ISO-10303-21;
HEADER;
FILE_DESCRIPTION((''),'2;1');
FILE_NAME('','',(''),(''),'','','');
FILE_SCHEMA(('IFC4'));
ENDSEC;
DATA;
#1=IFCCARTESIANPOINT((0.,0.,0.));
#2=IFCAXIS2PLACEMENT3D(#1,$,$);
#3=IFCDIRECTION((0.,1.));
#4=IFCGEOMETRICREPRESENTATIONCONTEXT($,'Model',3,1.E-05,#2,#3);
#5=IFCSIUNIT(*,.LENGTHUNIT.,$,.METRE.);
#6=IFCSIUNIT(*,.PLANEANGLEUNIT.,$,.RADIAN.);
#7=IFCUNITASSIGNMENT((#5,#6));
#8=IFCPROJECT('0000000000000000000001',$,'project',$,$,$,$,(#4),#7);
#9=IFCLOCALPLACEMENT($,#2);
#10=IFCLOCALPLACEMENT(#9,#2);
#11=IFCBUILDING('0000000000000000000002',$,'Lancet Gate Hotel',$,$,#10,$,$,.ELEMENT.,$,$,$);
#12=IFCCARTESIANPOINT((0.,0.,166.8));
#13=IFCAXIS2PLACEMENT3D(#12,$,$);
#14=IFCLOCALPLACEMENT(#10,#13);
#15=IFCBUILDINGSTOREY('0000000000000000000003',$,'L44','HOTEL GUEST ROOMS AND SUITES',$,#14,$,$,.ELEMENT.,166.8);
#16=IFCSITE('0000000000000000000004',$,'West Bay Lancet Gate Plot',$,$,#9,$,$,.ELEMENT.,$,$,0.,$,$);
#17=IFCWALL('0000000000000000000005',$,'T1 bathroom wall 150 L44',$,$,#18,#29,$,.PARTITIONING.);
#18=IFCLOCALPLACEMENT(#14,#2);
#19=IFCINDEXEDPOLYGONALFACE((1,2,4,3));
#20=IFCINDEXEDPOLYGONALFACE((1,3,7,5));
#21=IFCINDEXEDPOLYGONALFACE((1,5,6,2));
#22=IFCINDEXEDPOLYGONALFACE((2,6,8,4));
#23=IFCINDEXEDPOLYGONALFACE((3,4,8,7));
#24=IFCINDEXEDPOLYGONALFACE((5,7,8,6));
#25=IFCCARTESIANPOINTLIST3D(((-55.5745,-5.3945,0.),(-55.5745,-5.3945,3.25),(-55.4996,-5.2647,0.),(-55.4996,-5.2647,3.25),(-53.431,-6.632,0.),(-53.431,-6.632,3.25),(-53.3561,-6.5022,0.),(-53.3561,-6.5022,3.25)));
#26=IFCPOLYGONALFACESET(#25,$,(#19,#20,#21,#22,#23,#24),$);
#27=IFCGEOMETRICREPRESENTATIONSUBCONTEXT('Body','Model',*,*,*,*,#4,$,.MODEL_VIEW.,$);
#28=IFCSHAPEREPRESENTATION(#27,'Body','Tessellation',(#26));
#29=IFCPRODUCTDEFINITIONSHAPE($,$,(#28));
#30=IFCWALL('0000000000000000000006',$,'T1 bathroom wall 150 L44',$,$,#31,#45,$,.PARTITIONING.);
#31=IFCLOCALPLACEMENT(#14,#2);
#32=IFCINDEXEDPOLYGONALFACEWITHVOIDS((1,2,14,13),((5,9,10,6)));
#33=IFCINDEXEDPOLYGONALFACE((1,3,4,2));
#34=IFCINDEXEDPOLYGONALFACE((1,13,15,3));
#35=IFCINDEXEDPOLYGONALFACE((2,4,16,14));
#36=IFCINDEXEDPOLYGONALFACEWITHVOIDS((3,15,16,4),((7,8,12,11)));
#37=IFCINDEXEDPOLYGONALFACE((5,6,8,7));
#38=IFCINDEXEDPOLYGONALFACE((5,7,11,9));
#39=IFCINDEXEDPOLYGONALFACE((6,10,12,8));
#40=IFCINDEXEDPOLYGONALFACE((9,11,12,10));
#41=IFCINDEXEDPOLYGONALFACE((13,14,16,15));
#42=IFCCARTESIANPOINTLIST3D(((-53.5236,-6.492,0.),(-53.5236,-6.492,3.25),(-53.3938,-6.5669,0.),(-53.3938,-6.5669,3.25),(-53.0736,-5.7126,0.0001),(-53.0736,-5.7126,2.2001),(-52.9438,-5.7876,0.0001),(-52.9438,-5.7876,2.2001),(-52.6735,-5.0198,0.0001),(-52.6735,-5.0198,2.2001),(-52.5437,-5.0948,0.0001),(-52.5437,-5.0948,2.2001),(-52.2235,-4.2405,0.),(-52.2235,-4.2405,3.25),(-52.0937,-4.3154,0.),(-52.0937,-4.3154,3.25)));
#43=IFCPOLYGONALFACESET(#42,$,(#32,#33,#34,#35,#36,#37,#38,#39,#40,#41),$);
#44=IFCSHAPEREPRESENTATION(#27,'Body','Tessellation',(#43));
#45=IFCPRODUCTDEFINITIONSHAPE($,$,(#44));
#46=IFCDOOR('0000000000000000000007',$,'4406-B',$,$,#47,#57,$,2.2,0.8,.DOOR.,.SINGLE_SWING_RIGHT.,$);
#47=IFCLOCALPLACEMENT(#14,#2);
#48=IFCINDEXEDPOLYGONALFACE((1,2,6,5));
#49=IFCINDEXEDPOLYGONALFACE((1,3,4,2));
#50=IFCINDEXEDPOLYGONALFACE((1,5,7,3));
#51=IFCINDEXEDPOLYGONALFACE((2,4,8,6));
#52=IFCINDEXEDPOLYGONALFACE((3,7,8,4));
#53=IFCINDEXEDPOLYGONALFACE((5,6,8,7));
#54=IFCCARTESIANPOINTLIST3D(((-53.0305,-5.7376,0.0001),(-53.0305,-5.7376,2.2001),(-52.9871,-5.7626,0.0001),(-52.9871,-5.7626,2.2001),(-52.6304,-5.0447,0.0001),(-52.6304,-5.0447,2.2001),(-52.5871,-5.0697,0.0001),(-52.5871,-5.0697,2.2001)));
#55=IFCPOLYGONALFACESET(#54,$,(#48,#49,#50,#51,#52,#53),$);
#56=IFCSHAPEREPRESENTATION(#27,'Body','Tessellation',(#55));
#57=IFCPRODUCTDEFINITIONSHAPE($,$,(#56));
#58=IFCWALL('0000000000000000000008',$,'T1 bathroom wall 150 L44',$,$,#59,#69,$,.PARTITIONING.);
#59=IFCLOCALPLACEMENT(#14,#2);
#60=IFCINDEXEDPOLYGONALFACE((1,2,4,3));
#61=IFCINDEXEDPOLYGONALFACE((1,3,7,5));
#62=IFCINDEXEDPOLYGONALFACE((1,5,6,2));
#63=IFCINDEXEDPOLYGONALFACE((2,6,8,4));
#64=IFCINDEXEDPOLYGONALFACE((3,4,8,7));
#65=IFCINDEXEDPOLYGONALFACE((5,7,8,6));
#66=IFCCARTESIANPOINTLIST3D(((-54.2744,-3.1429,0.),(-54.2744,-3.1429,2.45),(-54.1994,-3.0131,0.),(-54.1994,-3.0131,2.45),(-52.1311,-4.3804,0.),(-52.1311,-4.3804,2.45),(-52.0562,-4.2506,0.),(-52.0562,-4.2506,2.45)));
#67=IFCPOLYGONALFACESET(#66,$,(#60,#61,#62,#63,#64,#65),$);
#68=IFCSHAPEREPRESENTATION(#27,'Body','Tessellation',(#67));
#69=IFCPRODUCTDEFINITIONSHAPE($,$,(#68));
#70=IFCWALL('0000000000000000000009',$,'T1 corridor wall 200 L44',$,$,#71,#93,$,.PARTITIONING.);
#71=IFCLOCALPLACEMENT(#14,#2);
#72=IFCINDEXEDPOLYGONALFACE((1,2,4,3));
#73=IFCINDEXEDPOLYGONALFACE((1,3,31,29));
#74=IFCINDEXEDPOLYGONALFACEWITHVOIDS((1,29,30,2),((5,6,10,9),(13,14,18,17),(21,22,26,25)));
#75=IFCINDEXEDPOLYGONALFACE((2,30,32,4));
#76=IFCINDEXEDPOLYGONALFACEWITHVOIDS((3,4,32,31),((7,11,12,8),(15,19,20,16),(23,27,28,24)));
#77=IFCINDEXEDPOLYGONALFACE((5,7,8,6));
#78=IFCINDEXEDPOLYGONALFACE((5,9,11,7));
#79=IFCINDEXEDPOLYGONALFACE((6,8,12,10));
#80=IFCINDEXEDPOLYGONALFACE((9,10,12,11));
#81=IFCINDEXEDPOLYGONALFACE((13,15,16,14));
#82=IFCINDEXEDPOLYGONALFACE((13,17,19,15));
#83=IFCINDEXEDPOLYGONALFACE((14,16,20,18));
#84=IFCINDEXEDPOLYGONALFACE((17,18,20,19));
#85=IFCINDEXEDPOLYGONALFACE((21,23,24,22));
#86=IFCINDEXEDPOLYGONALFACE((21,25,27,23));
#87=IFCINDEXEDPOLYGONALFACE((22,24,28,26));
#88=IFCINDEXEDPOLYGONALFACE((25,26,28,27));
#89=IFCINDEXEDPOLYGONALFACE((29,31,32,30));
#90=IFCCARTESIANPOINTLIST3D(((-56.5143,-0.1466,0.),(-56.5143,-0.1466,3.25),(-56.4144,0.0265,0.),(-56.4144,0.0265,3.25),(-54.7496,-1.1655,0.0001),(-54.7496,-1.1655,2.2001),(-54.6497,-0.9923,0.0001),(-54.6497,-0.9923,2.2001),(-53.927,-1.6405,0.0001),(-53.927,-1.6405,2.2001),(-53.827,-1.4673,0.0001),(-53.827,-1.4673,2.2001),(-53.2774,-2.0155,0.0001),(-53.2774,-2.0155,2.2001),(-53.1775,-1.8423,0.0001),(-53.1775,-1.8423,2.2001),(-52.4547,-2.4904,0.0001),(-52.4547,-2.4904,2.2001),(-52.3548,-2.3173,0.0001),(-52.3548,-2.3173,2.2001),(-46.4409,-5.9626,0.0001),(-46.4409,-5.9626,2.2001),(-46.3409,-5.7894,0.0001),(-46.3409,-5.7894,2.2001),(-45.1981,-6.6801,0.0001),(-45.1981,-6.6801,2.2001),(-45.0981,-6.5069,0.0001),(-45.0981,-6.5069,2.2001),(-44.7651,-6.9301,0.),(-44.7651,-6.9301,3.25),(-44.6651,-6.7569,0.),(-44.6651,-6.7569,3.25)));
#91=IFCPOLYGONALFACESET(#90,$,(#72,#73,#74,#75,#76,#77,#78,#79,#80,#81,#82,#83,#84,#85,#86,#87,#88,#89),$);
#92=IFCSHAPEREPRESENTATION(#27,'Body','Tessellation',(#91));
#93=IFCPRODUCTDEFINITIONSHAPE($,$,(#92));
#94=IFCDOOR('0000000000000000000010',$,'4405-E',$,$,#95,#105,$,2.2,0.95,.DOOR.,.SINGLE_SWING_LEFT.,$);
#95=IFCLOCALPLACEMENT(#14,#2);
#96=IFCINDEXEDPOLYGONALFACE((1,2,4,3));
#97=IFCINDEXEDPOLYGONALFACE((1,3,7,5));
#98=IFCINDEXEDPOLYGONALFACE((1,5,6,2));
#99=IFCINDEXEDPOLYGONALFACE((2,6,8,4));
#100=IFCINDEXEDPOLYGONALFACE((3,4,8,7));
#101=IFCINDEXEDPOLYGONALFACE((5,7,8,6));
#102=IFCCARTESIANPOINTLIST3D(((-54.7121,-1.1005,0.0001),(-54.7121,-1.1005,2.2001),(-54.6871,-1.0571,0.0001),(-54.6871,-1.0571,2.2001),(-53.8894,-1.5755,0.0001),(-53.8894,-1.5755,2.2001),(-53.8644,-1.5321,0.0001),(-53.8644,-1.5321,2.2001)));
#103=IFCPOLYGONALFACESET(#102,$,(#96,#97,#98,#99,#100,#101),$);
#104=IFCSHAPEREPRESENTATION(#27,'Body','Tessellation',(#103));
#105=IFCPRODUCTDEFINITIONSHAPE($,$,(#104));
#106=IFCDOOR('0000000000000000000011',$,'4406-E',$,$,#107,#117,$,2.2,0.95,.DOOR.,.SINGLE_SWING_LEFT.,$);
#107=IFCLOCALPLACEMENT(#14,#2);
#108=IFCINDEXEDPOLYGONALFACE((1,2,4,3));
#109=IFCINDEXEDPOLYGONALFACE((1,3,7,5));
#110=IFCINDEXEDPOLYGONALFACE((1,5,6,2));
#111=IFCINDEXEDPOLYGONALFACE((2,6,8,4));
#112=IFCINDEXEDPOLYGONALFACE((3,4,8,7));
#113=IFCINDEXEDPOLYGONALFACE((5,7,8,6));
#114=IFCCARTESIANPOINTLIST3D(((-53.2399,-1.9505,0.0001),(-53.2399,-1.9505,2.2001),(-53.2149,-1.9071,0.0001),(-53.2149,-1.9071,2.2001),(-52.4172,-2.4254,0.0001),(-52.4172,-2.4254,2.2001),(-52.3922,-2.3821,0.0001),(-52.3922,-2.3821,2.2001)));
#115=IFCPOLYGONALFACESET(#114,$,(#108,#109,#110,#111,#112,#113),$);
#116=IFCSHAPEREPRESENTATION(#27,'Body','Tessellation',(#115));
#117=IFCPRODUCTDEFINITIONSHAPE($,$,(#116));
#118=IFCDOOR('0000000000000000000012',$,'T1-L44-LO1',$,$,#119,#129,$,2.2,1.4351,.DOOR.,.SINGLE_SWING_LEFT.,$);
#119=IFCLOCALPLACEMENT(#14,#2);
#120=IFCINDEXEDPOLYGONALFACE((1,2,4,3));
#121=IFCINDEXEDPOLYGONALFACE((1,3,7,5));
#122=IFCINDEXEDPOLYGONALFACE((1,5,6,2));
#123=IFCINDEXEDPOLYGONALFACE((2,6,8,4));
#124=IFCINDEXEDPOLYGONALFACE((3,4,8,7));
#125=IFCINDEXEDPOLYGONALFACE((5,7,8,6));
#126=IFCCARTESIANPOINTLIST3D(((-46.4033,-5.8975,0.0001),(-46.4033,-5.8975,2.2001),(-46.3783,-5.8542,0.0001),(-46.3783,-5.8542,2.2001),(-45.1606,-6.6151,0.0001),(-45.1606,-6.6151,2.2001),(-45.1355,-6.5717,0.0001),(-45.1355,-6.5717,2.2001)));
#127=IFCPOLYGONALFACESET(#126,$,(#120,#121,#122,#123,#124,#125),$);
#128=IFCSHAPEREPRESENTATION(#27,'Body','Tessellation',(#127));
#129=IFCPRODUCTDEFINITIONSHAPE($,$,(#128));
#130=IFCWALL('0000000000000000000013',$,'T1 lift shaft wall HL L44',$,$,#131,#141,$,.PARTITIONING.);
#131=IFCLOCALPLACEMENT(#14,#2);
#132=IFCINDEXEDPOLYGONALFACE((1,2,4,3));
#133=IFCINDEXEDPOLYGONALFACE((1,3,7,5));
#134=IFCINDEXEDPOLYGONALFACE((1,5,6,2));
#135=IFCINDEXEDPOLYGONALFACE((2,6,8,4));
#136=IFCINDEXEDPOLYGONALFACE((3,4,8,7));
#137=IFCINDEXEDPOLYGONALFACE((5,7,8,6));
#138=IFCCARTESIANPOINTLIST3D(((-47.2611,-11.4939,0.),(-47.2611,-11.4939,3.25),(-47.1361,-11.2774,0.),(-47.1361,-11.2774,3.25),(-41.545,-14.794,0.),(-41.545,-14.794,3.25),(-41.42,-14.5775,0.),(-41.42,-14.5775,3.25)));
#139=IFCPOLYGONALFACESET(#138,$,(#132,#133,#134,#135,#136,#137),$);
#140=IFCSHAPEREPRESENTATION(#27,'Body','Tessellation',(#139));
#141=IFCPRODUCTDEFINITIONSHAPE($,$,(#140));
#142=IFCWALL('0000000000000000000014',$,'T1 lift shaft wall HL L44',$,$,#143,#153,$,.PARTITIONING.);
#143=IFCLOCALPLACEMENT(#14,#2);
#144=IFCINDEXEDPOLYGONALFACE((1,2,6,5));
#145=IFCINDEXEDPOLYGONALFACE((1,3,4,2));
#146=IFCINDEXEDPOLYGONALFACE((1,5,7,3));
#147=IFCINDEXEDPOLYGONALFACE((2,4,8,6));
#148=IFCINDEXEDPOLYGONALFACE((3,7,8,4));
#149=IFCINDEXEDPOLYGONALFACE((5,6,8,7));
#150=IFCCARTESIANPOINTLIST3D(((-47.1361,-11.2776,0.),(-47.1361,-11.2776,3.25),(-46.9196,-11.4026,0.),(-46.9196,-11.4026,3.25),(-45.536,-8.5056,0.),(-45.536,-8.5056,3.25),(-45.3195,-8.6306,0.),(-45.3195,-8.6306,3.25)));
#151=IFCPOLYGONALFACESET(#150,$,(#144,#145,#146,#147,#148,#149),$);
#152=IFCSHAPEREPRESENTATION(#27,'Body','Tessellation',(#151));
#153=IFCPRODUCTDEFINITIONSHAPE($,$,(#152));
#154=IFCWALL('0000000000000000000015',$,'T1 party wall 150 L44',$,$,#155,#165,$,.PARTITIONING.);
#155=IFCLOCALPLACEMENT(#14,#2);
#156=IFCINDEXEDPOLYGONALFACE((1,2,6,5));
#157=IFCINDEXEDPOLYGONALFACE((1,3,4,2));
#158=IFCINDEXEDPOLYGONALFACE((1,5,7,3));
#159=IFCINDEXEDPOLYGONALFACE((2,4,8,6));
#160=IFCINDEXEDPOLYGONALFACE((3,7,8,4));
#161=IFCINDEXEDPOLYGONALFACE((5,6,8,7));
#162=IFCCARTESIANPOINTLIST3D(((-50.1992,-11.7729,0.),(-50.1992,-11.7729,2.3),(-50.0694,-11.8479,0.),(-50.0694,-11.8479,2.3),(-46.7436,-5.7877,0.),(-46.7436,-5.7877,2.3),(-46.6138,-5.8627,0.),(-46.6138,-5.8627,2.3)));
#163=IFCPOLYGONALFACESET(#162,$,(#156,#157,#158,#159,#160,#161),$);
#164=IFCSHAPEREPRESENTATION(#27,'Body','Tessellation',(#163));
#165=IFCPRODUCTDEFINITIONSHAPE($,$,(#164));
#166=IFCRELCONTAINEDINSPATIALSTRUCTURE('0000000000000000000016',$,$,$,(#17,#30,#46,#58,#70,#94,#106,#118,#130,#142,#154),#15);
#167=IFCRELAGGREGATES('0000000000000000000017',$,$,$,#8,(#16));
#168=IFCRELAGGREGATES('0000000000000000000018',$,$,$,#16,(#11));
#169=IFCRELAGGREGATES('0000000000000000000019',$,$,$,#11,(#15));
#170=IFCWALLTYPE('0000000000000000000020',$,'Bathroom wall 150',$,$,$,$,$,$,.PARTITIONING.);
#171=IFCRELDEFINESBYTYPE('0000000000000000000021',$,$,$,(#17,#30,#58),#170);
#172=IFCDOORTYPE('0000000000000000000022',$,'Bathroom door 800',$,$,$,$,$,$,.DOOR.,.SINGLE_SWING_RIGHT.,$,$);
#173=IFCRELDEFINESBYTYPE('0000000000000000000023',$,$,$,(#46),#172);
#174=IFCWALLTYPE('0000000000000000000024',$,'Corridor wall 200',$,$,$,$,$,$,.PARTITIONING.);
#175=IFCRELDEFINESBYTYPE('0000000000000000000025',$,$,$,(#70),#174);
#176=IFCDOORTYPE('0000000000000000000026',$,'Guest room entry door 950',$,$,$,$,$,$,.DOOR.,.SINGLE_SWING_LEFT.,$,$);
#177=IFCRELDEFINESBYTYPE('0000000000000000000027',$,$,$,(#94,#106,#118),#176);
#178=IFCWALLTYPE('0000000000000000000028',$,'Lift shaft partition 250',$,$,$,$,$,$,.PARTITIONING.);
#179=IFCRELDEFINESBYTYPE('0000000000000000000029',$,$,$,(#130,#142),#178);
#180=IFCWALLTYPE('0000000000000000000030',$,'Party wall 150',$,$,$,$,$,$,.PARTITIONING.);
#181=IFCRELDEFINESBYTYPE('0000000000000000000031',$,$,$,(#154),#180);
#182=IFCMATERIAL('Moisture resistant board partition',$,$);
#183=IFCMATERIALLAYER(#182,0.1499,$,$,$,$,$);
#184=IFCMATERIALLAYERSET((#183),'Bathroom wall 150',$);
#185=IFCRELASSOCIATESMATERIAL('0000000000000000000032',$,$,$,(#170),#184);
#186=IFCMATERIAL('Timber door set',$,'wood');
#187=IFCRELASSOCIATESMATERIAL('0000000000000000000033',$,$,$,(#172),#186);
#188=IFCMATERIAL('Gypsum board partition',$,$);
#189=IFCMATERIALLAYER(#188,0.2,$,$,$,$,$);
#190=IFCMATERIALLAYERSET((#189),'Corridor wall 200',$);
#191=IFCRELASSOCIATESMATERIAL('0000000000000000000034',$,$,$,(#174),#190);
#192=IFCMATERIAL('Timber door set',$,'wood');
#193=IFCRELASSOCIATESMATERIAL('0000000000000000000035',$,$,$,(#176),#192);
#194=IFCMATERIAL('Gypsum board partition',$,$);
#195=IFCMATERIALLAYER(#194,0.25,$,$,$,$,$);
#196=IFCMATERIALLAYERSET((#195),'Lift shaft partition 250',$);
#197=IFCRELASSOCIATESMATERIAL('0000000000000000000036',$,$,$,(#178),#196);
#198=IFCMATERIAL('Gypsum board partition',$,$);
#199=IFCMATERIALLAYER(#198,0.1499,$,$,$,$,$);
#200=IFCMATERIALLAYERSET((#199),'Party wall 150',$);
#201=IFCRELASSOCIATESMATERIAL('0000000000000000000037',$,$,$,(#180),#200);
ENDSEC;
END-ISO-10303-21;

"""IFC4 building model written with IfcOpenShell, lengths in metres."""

from ifc_helpers import new_model, si_unit, direction, frame, frame_2d, origin, place, context, subcontext, project, spatial, rectangle, extrude, material, layer, layer_set, type_object, element, fill, save


model = new_model("IFC4")

# Units and contexts
model_context = context("Model", 3, precision=1e-05, world=origin(), true_north=direction((0.0, 1.0)))
body_context = subcontext(model_context, "Body", "Model", "MODEL_VIEW")
ifc_project = project(units=[si_unit("LENGTHUNIT", "METRE"), si_unit("PLANEANGLEUNIT", "RADIAN")], contexts=[model_context])

# Site, building, storey
site_placement = place(None, origin())
site = spatial("IfcSite", under=ifc_project, at=site_placement, Name="West Bay Lancet Gate Plot", CompositionType="ELEMENT", RefElevation=0.0)
building_placement = place(site_placement, origin())
building = spatial("IfcBuilding", under=site, at=building_placement, Name="Lancet Gate Hotel", CompositionType="ELEMENT")
storey_placement = place(building_placement, frame((0.0, 0.0, 166.8)))
storey = spatial("IfcBuildingStorey", under=building, at=storey_placement, Name="L44", Description="HOTEL GUEST ROOMS AND SUITES", CompositionType="ELEMENT", Elevation=166.8)

# Wall
ifc_material_1 = material(Name="Moisture resistant board partition")
ifc_layer_1 = layer(ifc_material_1, 0.1499)
ifc_layer_set_1 = layer_set([ifc_layer_1], Name="Bathroom wall 150")
wall_type_1 = type_object("IfcWallType", Name="Bathroom wall 150", PredefinedType="PARTITIONING", material=ifc_layer_set_1)
wall_1_placement = place(storey_placement, frame((-53.3936, -6.5671, 0.0), z_axis=(0.0, 0.0, 1.0), x_axis=(-0.866031, 0.49999, 0.0)))
element("IfcWall", 1, at=wall_1_placement, inside=storey, type_object=wall_type_1, Name="T1 bathroom wall 150 L44", PredefinedType="PARTITIONING", context=body_context, shape_type="SweptSolid", body=[
    extrude(rectangle(XDim=2.4751, YDim=0.1499, at=frame_2d((1.2375, 0.0))), origin(), (0.0, 0.0, 1.0), 3.25),
])

# Wall, opening, door
wall_2_placement = place(storey_placement, frame((-52.1587, -4.2781, 0.0), z_axis=(0.0, 0.0, 1.0), x_axis=(-0.500048, -0.865998, 0.0)))
wall_2 = element("IfcWall", 2, at=wall_2_placement, inside=storey, type_object=wall_type_1, Name="T1 bathroom wall 150 L44", PredefinedType="PARTITIONING", context=body_context, shape_type="SweptSolid", body=[
    extrude(rectangle(XDim=2.5999, YDim=0.1499, at=frame_2d((1.2998, 0.0))), origin(), (0.0, 0.0, 1.0), 3.25),
])
opening_1_placement = place(wall_2_placement, frame((0.8999, 0.0, 0.0)))
opening_1 = element("IfcOpeningElement", 3, at=opening_1_placement, cuts=wall_2, PredefinedType="OPENING", context=body_context, shape_type="SweptSolid", body=[
    extrude(rectangle(XDim=0.8, YDim=2.2, at=frame_2d((0.3999, 1.1001))), frame((0.0, 0.085, 0.0), z_axis=(0.0, -1.0, 0.0), x_axis=(1.0, 0.0, 0.0)), (0.0, 0.0, 1.0), 0.1699),
])
ifc_material_2 = material(Name="Timber door set", Category="wood")
door_type_1 = type_object("IfcDoorType", Name="Bathroom door 800", OperationType="SINGLE_SWING_RIGHT", PredefinedType="DOOR", material=ifc_material_2)
door_1_placement = place(opening_1_placement, origin())
door_1 = element("IfcDoor", 4, at=door_1_placement, inside=storey, type_object=door_type_1, Name="4406-B", OperationType="SINGLE_SWING_RIGHT", OverallHeight=2.2, OverallWidth=0.8, PredefinedType="DOOR", context=body_context, shape_type="SweptSolid", body=[
    extrude(rectangle(XDim=0.8, YDim=2.2, at=frame_2d((0.3999, 1.1001))), frame((0.0, 0.0249, 0.0), z_axis=(0.0, -1.0, 0.0), x_axis=(1.0, 0.0, 0.0)), (0.0, 0.0, 1.0), 0.05),
])
fill(opening_1, door_1)

# Wall
wall_3_placement = place(storey_placement, frame((-52.0938, -4.3154, 0.0), z_axis=(0.0, 0.0, 1.0), x_axis=(-0.866007, 0.500033, 0.0)))
element("IfcWall", 5, at=wall_3_placement, inside=storey, type_object=wall_type_1, Name="T1 bathroom wall 150 L44", PredefinedType="PARTITIONING", context=body_context, shape_type="SweptSolid", body=[
    extrude(rectangle(XDim=2.4749, YDim=0.1499, at=frame_2d((1.2373, 0.0))), origin(), (0.0, 0.0, 1.0), 2.45),
])

# Wall, openings, doors
ifc_material_3 = material(Name="Gypsum board partition")
ifc_layer_2 = layer(ifc_material_3, 0.2)
ifc_layer_set_2 = layer_set([ifc_layer_2], Name="Corridor wall 200")
wall_type_2 = type_object("IfcWallType", Name="Corridor wall 200", PredefinedType="PARTITIONING", material=ifc_layer_set_2)
wall_4_placement = place(storey_placement, frame((-44.7151, -6.8435, 0.0), z_axis=(0.0, 0.0, 1.0), x_axis=(-0.866025, 0.5, 0.0)))
wall_4 = element("IfcWall", 6, at=wall_4_placement, inside=storey, type_object=wall_type_2, Name="T1 corridor wall 200 L44", PredefinedType="PARTITIONING", context=body_context, shape_type="SweptSolid", body=[
    extrude(rectangle(XDim=13.5669, YDim=0.2, at=frame_2d((6.7834, 0.0))), origin(), (0.0, 0.0, 1.0), 3.25),
])
opening_2_placement = place(wall_4_placement, frame((10.5791, 0.0, 0.0)))
opening_2 = element("IfcOpeningElement", 7, at=opening_2_placement, cuts=wall_4, PredefinedType="OPENING", context=body_context, shape_type="SweptSolid", body=[
    extrude(rectangle(XDim=0.95, YDim=2.2, at=frame_2d((0.4751, 1.1001))), frame((0.0, 0.1099, 0.0), z_axis=(0.0, -1.0, 0.0), x_axis=(1.0, 0.0, 0.0)), (0.0, 0.0, 1.0), 0.22),
])
opening_3_placement = place(wall_4_placement, frame((8.8792, 0.0, 0.0)))
opening_3 = element("IfcOpeningElement", 8, at=opening_3_placement, cuts=wall_4, PredefinedType="OPENING", context=body_context, shape_type="SweptSolid", body=[
    extrude(rectangle(XDim=0.95, YDim=2.2, at=frame_2d((0.4751, 1.1001))), frame((0.0, 0.1099, 0.0), z_axis=(0.0, -1.0, 0.0), x_axis=(1.0, 0.0, 0.0)), (0.0, 0.0, 1.0), 0.22),
])
opening_4_placement = place(wall_4_placement, frame((0.5, 0.0, 0.0)))
opening_4 = element("IfcOpeningElement", 9, at=opening_4_placement, cuts=wall_4, PredefinedType="OPENING", context=body_context, shape_type="SweptSolid", body=[
    extrude(rectangle(XDim=1.4351, YDim=2.2, at=frame_2d((0.7175, 1.1001))), frame((0.0, 0.1099, 0.0), z_axis=(0.0, -1.0, 0.0), x_axis=(1.0, 0.0, 0.0)), (0.0, 0.0, 1.0), 0.22),
])
ifc_material_4 = material(Name="Timber door set", Category="wood")
door_type_2 = type_object("IfcDoorType", Name="Guest room entry door 950", OperationType="SINGLE_SWING_LEFT", PredefinedType="DOOR", material=ifc_material_4)
door_2_placement = place(opening_2_placement, origin())
door_2 = element("IfcDoor", 10, at=door_2_placement, inside=storey, type_object=door_type_2, Name="4405-E", OperationType="SINGLE_SWING_LEFT", OverallHeight=2.2, OverallWidth=0.95, PredefinedType="DOOR", context=body_context, shape_type="SweptSolid", body=[
    extrude(rectangle(XDim=0.95, YDim=2.2, at=frame_2d((0.4751, 1.1001))), frame((0.0, 0.0249, 0.0), z_axis=(0.0, -1.0, 0.0), x_axis=(1.0, 0.0, 0.0)), (0.0, 0.0, 1.0), 0.05),
])
fill(opening_2, door_2)
door_3_placement = place(opening_3_placement, origin())
door_3 = element("IfcDoor", 11, at=door_3_placement, inside=storey, type_object=door_type_2, Name="4406-E", OperationType="SINGLE_SWING_LEFT", OverallHeight=2.2, OverallWidth=0.95, PredefinedType="DOOR", context=body_context, shape_type="SweptSolid", body=[
    extrude(rectangle(XDim=0.95, YDim=2.2, at=frame_2d((0.4751, 1.1001))), frame((0.0, 0.0249, 0.0), z_axis=(0.0, -1.0, 0.0), x_axis=(1.0, 0.0, 0.0)), (0.0, 0.0, 1.0), 0.05),
])
fill(opening_3, door_3)
door_4_placement = place(opening_4_placement, origin())
door_4 = element("IfcDoor", 12, at=door_4_placement, inside=storey, type_object=door_type_2, Name="T1-L44-LO1", OperationType="SINGLE_SWING_LEFT", OverallHeight=2.2, OverallWidth=1.4351, PredefinedType="DOOR", context=body_context, shape_type="SweptSolid", body=[
    extrude(rectangle(XDim=1.4351, YDim=2.2, at=frame_2d((0.7175, 1.1001))), frame((0.0, 0.0249, 0.0), z_axis=(0.0, -1.0, 0.0), x_axis=(1.0, 0.0, 0.0)), (0.0, 0.0, 1.0), 0.05),
])
fill(opening_4, door_4)

# Walls
ifc_material_5 = material(Name="Gypsum board partition")
ifc_layer_3 = layer(ifc_material_5, 0.25)
ifc_layer_set_3 = layer_set([ifc_layer_3], Name="Lift shaft partition 250")
wall_type_3 = type_object("IfcWallType", Name="Lift shaft partition 250", PredefinedType="PARTITIONING", material=ifc_layer_set_3)
wall_5_placement = place(storey_placement, frame((-41.4824, -14.6858, 0.0), z_axis=(0.0, 0.0, 1.0), x_axis=(-0.866033, 0.499986, 0.0)))
element("IfcWall", 13, at=wall_5_placement, inside=storey, type_object=wall_type_3, Name="T1 lift shaft wall HL L44", PredefinedType="PARTITIONING", context=body_context, shape_type="SweptSolid", body=[
    extrude(rectangle(XDim=6.6003, YDim=0.25, at=frame_2d((3.3003, 0.0))), origin(), (0.0, 0.0, 1.0), 3.25),
])
wall_6_placement = place(storey_placement, frame((-45.4277, -8.5681, 0.0), z_axis=(0.0, 0.0, 1.0), x_axis=(-0.499929, -0.866066, 0.0)))
element("IfcWall", 14, at=wall_6_placement, inside=storey, type_object=wall_type_3, Name="T1 lift shaft wall HL L44", PredefinedType="PARTITIONING", context=body_context, shape_type="SweptSolid", body=[
    extrude(rectangle(XDim=3.2007, YDim=0.25, at=frame_2d((1.6003, 0.0))), origin(), (0.0, 0.0, 1.0), 3.25),
])
ifc_material_6 = material(Name="Gypsum board partition")
ifc_layer_4 = layer(ifc_material_6, 0.1499)
ifc_layer_set_4 = layer_set([ifc_layer_4], Name="Party wall 150")
wall_type_4 = type_object("IfcWallType", Name="Party wall 150", PredefinedType="PARTITIONING", material=ifc_layer_set_4)
wall_7_placement = place(storey_placement, frame((-46.6787, -5.8252, 0.0), z_axis=(0.0, 0.0, 1.0), x_axis=(-0.500007, -0.866021, 0.0)))
element("IfcWall", 15, at=wall_7_placement, inside=storey, type_object=wall_type_4, Name="T1 party wall 150 L44", PredefinedType="PARTITIONING", context=body_context, shape_type="SweptSolid", body=[
    extrude(rectangle(XDim=6.9111, YDim=0.1499, at=frame_2d((3.4556, 0.0))), origin(), (0.0, 0.0, 1.0), 2.3),
])

save(model, "model.ifc")
